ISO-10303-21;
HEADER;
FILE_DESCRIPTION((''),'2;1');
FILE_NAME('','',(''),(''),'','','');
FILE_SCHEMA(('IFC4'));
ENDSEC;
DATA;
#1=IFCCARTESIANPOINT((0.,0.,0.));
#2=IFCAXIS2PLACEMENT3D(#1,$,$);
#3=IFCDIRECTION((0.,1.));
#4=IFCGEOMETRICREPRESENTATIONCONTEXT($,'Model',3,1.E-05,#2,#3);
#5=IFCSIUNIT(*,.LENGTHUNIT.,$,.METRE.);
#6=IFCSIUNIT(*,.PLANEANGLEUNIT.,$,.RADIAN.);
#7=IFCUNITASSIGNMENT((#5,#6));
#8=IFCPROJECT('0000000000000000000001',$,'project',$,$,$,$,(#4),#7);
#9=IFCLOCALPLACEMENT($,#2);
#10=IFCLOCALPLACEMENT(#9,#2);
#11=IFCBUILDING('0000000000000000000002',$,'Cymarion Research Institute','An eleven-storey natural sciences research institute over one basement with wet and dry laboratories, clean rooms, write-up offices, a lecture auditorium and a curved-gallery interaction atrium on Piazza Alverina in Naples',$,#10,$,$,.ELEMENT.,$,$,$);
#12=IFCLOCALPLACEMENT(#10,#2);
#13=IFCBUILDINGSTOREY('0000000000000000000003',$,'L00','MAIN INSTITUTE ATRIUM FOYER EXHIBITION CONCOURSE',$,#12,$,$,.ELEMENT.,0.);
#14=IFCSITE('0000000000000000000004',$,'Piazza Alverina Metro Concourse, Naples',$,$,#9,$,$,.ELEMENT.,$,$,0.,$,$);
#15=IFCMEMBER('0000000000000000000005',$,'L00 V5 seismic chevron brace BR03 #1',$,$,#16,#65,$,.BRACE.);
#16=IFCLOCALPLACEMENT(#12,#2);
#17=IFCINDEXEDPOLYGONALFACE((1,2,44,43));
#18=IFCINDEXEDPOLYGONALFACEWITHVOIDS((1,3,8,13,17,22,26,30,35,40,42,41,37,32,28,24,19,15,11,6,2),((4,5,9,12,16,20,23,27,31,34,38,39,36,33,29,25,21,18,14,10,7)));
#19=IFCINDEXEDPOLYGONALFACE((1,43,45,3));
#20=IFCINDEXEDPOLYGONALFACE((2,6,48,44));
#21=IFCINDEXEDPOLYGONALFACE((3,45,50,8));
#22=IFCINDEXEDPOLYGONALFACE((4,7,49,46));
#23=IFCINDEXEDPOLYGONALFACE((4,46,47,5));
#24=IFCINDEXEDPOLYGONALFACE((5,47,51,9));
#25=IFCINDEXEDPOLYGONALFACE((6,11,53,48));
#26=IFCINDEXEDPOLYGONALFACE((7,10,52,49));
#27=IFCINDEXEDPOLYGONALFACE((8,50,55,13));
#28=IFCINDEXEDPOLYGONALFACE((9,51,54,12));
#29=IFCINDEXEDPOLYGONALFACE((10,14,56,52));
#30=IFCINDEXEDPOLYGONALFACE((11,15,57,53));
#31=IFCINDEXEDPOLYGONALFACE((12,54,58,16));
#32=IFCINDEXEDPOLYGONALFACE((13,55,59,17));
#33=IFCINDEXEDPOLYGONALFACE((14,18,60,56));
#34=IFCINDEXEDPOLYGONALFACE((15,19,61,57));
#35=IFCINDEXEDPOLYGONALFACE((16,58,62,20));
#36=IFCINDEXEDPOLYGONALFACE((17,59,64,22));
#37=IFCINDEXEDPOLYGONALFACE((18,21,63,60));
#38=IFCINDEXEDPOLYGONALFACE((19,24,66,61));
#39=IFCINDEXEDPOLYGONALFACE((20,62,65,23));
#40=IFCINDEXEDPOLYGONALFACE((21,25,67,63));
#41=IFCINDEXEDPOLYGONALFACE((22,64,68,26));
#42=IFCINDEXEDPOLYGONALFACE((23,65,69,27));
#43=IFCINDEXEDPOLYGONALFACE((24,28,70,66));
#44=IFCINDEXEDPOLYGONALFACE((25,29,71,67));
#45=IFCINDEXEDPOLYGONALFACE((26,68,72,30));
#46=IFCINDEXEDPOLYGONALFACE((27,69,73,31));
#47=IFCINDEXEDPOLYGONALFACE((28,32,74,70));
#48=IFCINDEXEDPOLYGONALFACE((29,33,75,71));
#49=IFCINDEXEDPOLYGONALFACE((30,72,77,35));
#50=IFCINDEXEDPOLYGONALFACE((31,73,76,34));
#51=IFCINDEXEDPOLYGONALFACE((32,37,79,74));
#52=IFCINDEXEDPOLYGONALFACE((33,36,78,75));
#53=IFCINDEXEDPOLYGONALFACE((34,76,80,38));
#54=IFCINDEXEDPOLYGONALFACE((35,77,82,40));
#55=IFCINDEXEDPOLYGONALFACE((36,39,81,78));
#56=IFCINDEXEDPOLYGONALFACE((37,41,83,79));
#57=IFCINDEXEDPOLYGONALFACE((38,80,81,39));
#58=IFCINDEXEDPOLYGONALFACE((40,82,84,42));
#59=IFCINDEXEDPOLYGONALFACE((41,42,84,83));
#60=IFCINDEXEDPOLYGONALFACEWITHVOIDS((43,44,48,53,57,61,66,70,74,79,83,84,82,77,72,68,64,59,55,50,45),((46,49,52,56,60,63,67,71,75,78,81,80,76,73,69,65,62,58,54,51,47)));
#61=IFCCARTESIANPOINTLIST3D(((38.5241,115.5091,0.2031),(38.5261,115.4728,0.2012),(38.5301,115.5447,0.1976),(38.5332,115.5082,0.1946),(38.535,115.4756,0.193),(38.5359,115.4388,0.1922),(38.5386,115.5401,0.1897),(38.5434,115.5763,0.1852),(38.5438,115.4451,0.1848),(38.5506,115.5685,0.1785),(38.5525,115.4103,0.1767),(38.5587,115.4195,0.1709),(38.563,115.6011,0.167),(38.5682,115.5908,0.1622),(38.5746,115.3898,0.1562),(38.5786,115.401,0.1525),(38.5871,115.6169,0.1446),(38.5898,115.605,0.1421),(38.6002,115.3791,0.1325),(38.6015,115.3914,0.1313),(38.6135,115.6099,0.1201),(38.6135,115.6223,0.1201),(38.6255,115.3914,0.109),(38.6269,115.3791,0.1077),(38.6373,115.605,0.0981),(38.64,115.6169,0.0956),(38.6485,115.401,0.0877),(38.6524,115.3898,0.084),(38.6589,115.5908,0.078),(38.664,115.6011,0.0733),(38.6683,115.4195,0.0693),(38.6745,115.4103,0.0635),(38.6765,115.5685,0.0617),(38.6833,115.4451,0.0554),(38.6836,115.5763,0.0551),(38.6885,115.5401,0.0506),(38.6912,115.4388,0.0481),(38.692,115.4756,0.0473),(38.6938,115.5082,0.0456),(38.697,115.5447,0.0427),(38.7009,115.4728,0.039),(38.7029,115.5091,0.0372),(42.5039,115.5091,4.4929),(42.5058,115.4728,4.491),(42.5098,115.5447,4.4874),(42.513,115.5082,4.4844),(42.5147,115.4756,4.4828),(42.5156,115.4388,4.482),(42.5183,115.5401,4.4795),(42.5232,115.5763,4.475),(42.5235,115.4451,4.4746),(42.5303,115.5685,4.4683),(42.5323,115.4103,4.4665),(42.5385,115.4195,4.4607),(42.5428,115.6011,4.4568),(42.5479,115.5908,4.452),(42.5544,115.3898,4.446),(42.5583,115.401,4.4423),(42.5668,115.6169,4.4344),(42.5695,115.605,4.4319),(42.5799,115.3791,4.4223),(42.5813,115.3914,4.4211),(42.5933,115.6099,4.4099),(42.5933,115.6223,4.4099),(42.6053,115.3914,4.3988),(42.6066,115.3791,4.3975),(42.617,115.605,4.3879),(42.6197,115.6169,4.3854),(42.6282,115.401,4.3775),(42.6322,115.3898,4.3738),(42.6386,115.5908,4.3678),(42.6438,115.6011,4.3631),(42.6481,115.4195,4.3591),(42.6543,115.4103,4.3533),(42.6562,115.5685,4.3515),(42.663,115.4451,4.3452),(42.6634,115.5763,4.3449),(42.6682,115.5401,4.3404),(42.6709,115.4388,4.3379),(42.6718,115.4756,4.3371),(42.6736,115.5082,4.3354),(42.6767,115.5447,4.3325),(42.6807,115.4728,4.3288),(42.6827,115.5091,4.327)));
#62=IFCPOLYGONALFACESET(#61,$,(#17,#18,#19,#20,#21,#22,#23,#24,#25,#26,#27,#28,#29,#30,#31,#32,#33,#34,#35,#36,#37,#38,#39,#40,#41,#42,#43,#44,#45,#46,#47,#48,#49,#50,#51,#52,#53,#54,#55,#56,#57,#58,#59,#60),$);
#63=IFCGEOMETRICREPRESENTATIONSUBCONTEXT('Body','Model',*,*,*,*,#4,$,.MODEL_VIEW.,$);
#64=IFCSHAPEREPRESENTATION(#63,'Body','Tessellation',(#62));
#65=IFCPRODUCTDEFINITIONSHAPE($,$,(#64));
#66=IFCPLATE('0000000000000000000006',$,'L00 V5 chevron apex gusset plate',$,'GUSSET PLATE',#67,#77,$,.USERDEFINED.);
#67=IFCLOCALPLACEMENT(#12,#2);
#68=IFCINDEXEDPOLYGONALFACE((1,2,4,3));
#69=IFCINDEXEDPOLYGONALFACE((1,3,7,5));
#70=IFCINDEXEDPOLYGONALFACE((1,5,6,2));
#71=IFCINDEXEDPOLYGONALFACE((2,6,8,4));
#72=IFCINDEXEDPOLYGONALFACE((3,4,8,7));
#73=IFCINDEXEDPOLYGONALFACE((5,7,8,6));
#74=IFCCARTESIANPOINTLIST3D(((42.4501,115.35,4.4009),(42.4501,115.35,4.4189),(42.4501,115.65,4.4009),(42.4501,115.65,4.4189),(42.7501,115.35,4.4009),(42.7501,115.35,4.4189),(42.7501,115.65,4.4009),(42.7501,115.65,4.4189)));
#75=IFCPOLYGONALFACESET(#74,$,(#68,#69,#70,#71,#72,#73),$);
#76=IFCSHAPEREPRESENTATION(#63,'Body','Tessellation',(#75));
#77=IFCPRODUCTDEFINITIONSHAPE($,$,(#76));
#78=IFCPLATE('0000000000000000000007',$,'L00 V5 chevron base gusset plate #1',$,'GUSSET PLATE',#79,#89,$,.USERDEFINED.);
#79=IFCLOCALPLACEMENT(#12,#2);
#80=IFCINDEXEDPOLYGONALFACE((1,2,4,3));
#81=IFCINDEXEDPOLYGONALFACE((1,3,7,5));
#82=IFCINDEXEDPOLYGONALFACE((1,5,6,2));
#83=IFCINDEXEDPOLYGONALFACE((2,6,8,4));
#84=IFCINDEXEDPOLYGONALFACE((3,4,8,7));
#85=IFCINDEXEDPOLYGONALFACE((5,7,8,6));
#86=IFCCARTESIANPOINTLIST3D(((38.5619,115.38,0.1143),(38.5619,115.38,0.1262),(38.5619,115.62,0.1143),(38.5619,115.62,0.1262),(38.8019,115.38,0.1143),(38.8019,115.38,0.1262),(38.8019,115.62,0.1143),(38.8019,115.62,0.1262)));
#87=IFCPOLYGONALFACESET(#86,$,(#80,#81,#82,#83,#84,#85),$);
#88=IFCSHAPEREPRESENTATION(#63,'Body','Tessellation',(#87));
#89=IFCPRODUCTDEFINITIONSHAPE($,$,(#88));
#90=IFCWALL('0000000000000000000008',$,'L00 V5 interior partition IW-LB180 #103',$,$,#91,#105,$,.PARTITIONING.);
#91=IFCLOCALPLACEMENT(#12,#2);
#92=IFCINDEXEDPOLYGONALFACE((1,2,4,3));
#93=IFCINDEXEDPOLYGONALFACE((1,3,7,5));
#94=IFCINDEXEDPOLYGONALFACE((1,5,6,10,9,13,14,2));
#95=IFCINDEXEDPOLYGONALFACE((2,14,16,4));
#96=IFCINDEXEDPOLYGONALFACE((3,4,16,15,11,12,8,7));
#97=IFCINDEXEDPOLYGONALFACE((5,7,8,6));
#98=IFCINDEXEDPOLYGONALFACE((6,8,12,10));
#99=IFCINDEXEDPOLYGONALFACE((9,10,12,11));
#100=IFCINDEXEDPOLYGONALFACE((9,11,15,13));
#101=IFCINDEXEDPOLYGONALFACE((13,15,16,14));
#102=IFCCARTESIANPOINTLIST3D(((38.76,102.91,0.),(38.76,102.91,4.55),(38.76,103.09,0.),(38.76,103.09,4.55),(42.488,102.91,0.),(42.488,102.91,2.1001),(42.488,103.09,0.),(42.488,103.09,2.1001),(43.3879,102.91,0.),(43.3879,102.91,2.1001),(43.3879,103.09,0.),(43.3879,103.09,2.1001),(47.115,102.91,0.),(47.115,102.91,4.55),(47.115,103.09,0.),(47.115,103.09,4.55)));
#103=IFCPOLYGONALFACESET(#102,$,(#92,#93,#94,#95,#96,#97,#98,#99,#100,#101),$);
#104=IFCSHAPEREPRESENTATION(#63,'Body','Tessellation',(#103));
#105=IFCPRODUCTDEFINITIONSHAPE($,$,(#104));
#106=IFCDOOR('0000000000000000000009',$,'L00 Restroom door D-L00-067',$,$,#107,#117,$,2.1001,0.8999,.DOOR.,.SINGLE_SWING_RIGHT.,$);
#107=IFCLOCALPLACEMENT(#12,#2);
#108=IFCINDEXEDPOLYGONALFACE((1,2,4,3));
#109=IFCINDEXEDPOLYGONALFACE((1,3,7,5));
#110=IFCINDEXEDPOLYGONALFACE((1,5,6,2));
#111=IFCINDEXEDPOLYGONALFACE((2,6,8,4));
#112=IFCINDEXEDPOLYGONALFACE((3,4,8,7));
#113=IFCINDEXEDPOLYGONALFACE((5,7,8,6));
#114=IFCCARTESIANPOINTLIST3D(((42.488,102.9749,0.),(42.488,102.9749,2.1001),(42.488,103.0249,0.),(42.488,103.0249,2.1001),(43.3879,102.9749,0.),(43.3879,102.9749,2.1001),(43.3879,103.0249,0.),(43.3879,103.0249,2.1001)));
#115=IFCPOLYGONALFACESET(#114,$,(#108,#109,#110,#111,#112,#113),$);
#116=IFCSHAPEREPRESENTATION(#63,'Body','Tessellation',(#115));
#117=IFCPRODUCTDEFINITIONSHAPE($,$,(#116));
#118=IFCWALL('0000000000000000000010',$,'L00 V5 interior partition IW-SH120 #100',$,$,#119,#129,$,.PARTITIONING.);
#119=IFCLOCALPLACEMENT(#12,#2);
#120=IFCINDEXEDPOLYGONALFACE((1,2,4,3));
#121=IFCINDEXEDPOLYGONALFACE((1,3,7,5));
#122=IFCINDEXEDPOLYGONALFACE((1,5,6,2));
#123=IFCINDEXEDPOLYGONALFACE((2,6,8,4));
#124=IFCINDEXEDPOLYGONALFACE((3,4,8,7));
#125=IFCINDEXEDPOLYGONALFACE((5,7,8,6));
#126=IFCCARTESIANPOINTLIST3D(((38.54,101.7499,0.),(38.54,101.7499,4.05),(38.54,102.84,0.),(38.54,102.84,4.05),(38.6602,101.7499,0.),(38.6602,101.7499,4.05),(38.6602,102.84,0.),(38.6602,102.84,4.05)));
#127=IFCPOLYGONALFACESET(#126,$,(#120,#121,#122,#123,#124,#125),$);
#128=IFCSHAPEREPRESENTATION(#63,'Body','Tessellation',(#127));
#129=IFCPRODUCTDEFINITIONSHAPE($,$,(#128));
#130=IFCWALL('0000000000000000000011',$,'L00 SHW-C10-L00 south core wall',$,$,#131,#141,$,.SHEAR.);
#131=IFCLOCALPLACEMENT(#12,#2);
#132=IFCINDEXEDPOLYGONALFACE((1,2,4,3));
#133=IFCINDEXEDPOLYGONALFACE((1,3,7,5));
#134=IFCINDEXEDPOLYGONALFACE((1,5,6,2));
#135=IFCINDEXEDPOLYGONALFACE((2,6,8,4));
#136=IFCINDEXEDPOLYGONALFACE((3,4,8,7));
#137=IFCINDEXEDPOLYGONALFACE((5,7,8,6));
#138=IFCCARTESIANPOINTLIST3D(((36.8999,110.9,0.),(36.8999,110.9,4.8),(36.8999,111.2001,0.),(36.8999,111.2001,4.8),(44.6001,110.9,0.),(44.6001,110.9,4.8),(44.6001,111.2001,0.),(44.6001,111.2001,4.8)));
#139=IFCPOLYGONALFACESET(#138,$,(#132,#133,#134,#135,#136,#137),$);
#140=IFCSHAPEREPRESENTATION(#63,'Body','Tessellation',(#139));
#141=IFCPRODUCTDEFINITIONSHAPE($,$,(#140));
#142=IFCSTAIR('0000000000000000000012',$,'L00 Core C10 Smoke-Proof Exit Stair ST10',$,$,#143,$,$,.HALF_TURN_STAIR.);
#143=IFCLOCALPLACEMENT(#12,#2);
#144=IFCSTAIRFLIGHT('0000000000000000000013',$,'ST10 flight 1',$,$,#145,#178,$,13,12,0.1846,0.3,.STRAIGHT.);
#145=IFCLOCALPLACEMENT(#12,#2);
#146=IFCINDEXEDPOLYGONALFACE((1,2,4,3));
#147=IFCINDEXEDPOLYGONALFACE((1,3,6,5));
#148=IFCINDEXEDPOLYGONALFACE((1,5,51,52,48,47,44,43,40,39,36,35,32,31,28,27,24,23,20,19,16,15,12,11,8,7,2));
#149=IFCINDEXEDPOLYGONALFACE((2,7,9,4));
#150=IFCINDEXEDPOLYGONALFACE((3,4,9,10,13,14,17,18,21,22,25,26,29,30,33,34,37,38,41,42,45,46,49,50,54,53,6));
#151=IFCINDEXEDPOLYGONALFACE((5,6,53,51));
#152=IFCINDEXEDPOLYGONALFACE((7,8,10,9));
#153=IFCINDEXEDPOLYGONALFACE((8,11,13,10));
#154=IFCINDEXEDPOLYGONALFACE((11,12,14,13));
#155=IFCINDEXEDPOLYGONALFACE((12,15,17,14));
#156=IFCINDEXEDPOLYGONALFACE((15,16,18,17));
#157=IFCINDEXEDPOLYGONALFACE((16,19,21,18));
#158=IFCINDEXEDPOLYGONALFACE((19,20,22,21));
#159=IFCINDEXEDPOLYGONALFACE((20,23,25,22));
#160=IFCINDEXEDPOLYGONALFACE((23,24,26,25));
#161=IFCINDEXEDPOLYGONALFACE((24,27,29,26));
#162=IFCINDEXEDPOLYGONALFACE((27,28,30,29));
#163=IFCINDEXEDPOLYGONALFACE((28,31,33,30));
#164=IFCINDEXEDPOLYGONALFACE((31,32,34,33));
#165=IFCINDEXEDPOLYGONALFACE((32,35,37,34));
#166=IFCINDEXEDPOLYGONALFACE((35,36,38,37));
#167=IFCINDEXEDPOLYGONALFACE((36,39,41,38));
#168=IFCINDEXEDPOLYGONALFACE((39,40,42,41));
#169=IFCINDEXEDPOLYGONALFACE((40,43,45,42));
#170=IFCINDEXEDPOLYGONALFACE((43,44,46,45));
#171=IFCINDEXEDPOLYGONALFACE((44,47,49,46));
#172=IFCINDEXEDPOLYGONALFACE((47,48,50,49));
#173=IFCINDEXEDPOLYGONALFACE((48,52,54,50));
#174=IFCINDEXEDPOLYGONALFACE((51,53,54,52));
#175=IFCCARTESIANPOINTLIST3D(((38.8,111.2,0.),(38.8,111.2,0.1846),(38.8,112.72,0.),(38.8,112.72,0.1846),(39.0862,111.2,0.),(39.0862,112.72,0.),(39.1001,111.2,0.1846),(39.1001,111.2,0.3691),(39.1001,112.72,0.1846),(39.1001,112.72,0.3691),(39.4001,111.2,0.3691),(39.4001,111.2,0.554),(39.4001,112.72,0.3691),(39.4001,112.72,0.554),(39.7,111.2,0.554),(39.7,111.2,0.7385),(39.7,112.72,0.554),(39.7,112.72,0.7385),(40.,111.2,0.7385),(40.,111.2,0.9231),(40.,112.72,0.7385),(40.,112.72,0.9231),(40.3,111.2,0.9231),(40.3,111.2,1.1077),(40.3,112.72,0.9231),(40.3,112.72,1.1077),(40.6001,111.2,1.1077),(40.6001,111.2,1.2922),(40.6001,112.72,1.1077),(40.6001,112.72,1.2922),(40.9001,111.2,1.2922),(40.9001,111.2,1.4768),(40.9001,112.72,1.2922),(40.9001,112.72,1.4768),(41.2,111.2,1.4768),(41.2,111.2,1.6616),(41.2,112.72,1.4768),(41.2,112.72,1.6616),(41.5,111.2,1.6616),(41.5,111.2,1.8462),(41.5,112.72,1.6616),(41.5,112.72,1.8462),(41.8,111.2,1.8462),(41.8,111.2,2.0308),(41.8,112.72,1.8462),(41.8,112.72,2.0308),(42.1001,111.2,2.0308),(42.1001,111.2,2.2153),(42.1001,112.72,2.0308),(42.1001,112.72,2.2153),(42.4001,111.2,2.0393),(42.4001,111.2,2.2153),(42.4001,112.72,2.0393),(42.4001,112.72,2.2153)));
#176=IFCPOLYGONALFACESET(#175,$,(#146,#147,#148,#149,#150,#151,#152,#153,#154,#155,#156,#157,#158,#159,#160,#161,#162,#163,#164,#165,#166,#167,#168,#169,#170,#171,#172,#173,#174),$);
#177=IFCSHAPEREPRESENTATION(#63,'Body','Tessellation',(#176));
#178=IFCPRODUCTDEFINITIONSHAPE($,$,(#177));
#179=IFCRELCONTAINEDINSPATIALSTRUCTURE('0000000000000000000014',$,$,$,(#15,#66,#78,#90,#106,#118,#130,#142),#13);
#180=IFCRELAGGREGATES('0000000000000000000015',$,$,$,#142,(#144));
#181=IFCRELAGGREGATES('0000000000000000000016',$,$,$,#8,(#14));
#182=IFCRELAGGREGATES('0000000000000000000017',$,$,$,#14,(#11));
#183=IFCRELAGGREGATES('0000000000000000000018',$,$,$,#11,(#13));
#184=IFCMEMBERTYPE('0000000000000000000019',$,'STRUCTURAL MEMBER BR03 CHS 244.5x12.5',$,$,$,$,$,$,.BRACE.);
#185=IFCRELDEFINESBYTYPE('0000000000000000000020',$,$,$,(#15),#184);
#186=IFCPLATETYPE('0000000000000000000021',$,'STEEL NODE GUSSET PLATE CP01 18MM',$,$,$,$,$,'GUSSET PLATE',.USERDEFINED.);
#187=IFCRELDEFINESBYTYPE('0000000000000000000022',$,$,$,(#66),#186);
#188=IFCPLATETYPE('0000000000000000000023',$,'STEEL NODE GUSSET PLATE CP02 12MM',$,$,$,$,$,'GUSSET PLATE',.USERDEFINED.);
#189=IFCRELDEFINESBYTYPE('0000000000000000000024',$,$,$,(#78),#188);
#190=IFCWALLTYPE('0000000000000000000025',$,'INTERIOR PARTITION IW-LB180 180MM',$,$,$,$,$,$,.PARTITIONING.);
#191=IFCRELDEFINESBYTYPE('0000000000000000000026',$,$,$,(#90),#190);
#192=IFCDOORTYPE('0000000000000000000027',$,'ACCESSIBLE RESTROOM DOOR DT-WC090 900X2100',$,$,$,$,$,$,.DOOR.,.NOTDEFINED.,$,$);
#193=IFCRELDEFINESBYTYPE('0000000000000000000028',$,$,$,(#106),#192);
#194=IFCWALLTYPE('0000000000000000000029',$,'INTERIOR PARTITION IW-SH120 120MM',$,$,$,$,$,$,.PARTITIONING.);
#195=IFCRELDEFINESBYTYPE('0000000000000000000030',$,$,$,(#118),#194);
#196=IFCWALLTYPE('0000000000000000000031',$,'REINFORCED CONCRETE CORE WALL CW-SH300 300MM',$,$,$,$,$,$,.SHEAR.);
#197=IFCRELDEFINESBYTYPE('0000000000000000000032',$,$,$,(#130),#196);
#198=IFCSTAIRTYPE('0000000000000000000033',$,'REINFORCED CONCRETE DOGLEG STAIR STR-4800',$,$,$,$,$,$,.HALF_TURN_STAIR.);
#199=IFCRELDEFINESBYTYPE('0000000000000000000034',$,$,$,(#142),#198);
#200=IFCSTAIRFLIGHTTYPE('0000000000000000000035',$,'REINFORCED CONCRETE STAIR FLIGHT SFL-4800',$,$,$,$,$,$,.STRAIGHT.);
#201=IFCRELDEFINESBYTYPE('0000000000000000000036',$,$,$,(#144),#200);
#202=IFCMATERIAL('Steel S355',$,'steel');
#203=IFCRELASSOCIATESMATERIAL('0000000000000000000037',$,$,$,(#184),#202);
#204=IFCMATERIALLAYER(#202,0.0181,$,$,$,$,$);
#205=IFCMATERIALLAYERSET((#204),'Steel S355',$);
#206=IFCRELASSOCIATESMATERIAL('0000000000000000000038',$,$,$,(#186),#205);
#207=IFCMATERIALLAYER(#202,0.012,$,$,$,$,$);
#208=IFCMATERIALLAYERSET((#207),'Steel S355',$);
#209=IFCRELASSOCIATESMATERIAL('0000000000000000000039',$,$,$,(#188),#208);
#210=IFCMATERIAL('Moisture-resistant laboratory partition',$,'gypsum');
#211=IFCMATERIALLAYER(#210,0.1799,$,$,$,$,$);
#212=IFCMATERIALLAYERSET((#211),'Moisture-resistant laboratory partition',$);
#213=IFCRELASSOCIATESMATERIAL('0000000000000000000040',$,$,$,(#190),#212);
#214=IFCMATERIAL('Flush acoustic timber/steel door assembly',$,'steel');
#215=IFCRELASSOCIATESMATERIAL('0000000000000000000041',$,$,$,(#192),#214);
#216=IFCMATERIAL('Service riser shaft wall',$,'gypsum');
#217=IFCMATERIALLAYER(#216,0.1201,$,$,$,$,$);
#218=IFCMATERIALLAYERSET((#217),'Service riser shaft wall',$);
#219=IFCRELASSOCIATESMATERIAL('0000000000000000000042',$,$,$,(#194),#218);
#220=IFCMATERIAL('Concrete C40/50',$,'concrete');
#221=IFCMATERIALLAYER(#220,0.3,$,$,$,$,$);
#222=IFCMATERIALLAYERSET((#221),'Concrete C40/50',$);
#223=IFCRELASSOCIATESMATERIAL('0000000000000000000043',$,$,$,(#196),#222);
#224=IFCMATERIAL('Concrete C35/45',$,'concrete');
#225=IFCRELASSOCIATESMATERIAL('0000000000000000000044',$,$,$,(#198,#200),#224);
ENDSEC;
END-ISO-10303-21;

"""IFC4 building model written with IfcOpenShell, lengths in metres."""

from ifc_helpers import new_model, si_unit, direction, frame, frame_2d, origin, origin_2d, place, context, subcontext, project, spatial, polyline, rectangle, hollow_circle, outline, extrude, material, layer, layer_set, material_profile, profile_set, type_object, element, fill, aggregate, save


model = new_model("IFC4")

# Units and contexts
model_context = context("Model", 3, precision=1e-05, world=origin(), true_north=direction((0.0, 1.0)))
body_context = subcontext(model_context, "Body", "Model", "MODEL_VIEW")
ifc_project = project(units=[si_unit("LENGTHUNIT", "METRE"), si_unit("PLANEANGLEUNIT", "RADIAN")], contexts=[model_context])

# Site, building, storey
site_placement = place(None, origin())
site = spatial("IfcSite", under=ifc_project, at=site_placement, Name="Piazza Alverina Metro Concourse, Naples", CompositionType="ELEMENT", RefElevation=0.0)
building_placement = place(site_placement, origin())
building = spatial("IfcBuilding", under=site, at=building_placement, Name="Cymarion Research Institute", Description="An eleven-storey natural sciences research institute over one basement with wet and dry laboratories, clean rooms, write-up offices, a lecture auditorium and a curved-gallery interaction atrium on Piazza Alverina in Naples", CompositionType="ELEMENT")
storey_placement = place(building_placement, origin())
storey = spatial("IfcBuildingStorey", under=building, at=storey_placement, Name="L00", Description="MAIN INSTITUTE ATRIUM FOYER EXHIBITION CONCOURSE", CompositionType="ELEMENT", Elevation=0.0)

# Shared definitions
ifc_material_1 = material(Name="Steel S355", Category="steel")

# Member
ifc_material_profile_1 = material_profile(ifc_material_1, hollow_circle(Radius=0.1223, WallThickness=0.0125, at=origin_2d()), Name="CHS 244.5x12.5")
ifc_profile_set_1 = profile_set([ifc_material_profile_1], Name="Steel S355")
member_type = type_object("IfcMemberType", Name="STRUCTURAL MEMBER BR03 CHS 244.5x12.5", PredefinedType="BRACE", material=ifc_profile_set_1)
member_placement = place(storey_placement, frame((38.6135, 115.5, 0.1201), z_axis=(0.680117, 0.0, 0.733104), x_axis=(0.0, 1.0, 0.0)))
element("IfcMember", 1, at=member_placement, inside=storey, type_object=member_type, Name="L00 V5 seismic chevron brace BR03 #1", PredefinedType="BRACE", context=body_context, shape_type="SweptSolid", body=[
    extrude(hollow_circle(Radius=0.1223, WallThickness=0.0125, at=origin_2d()), origin(), (0.0, 0.0, 1.0), 5.8516),
])

# Plates
ifc_layer_1 = layer(ifc_material_1, 0.0181)
ifc_layer_set_1 = layer_set([ifc_layer_1], Name="Steel S355")
plate_type_1 = type_object("IfcPlateType", Name="STEEL NODE GUSSET PLATE CP01 18MM", ElementType="GUSSET PLATE", PredefinedType="USERDEFINED", material=ifc_layer_set_1)
plate_1_placement = place(storey_placement, frame((42.6001, 115.5, 4.4009), z_axis=(0.0, 0.0, 1.0), x_axis=(1.0, 0.0, 0.0)))
element("IfcPlate", 2, at=plate_1_placement, inside=storey, type_object=plate_type_1, Name="L00 V5 chevron apex gusset plate", ObjectType="GUSSET PLATE", PredefinedType="USERDEFINED", context=body_context, shape_type="SweptSolid", body=[
    extrude(rectangle(XDim=0.3, YDim=0.3, at=origin_2d()), origin(), (0.0, 0.0, 1.0), 0.0181),
])
ifc_layer_2 = layer(ifc_material_1, 0.012)
ifc_layer_set_2 = layer_set([ifc_layer_2], Name="Steel S355")
plate_type_2 = type_object("IfcPlateType", Name="STEEL NODE GUSSET PLATE CP02 12MM", ElementType="GUSSET PLATE", PredefinedType="USERDEFINED", material=ifc_layer_set_2)
plate_2_placement = place(storey_placement, frame((38.6819, 115.5, 0.1143), z_axis=(0.0, 0.0, 1.0), x_axis=(1.0, 0.0, 0.0)))
element("IfcPlate", 3, at=plate_2_placement, inside=storey, type_object=plate_type_2, Name="L00 V5 chevron base gusset plate #1", ObjectType="GUSSET PLATE", PredefinedType="USERDEFINED", context=body_context, shape_type="SweptSolid", body=[
    extrude(rectangle(XDim=0.24, YDim=0.24, at=origin_2d()), origin(), (0.0, 0.0, 1.0), 0.012),
])

# Wall, opening, door
ifc_material_2 = material(Name="Moisture-resistant laboratory partition", Category="gypsum")
ifc_layer_3 = layer(ifc_material_2, 0.1799)
ifc_layer_set_3 = layer_set([ifc_layer_3], Name="Moisture-resistant laboratory partition")
wall_type_1 = type_object("IfcWallType", Name="INTERIOR PARTITION IW-LB180 180MM", PredefinedType="PARTITIONING", material=ifc_layer_set_3)
wall_1_placement = place(storey_placement, frame((38.76, 103.0, 0.0), z_axis=(0.0, 0.0, 1.0), x_axis=(1.0, 0.0, 0.0)))
wall_1 = element("IfcWall", 4, at=wall_1_placement, inside=storey, type_object=wall_type_1, Name="L00 V5 interior partition IW-LB180 #103", PredefinedType="PARTITIONING", context=body_context, shape_type="SweptSolid", body=[
    extrude(rectangle(XDim=8.355, YDim=0.1799, at=frame_2d((4.1775, 0.0))), origin(), (0.0, 0.0, 1.0), 4.55),
])
opening_1_placement = place(wall_1_placement, frame((3.728, 0.0, 0.0)))
opening_1 = element("IfcOpeningElement", 5, at=opening_1_placement, cuts=wall_1, PredefinedType="OPENING", context=body_context, shape_type="SweptSolid", body=[
    extrude(rectangle(XDim=0.8999, YDim=2.1001, at=frame_2d((0.45, 1.05))), frame((0.0, 0.0999, 0.0), z_axis=(0.0, -1.0, 0.0), x_axis=(1.0, 0.0, 0.0)), (0.0, 0.0, 1.0), 0.2),
])
ifc_material_3 = material(Name="Flush acoustic timber/steel door assembly", Category="steel")
door_type_1 = type_object("IfcDoorType", Name="ACCESSIBLE RESTROOM DOOR DT-WC090 900X2100", OperationType="NOTDEFINED", PredefinedType="DOOR", material=ifc_material_3)
door_1_placement = place(opening_1_placement, origin())
door_1 = element("IfcDoor", 6, at=door_1_placement, inside=storey, type_object=door_type_1, Name="L00 Restroom door D-L00-067", OperationType="SINGLE_SWING_RIGHT", OverallHeight=2.1001, OverallWidth=0.8999, PredefinedType="DOOR", context=body_context, shape_type="SweptSolid", body=[
    extrude(rectangle(XDim=0.8999, YDim=2.1001, at=frame_2d((0.45, 1.05))), frame((0.0, 0.0249, 0.0), z_axis=(0.0, -1.0, 0.0), x_axis=(1.0, 0.0, 0.0)), (0.0, 0.0, 1.0), 0.05),
])
fill(opening_1, door_1)

# Walls
ifc_material_4 = material(Name="Service riser shaft wall", Category="gypsum")
ifc_layer_4 = layer(ifc_material_4, 0.1201)
ifc_layer_set_4 = layer_set([ifc_layer_4], Name="Service riser shaft wall")
wall_type_2 = type_object("IfcWallType", Name="INTERIOR PARTITION IW-SH120 120MM", PredefinedType="PARTITIONING", material=ifc_layer_set_4)
wall_2_placement = place(storey_placement, frame((38.6001, 101.75, 0.0), z_axis=(0.0, 0.0, 1.0), x_axis=(0.0, 1.0, 0.0)))
element("IfcWall", 7, at=wall_2_placement, inside=storey, type_object=wall_type_2, Name="L00 V5 interior partition IW-SH120 #100", PredefinedType="PARTITIONING", context=body_context, shape_type="SweptSolid", body=[
    extrude(rectangle(XDim=1.0901, YDim=0.1201, at=frame_2d((0.5449, 0.0))), origin(), (0.0, 0.0, 1.0), 4.05),
])
ifc_material_5 = material(Name="Concrete C40/50", Category="concrete")
ifc_layer_5 = layer(ifc_material_5, 0.3)
ifc_layer_set_5 = layer_set([ifc_layer_5], Name="Concrete C40/50")
wall_type_3 = type_object("IfcWallType", Name="REINFORCED CONCRETE CORE WALL CW-SH300 300MM", PredefinedType="SHEAR", material=ifc_layer_set_5)
wall_3_placement = place(storey_placement, frame((36.8999, 111.05, 0.0), z_axis=(0.0, 0.0, 1.0), x_axis=(1.0, 0.0, 0.0)))
element("IfcWall", 8, at=wall_3_placement, inside=storey, type_object=wall_type_3, Name="L00 SHW-C10-L00 south core wall", PredefinedType="SHEAR", context=body_context, shape_type="SweptSolid", body=[
    extrude(rectangle(XDim=7.7002, YDim=0.3, at=frame_2d((3.8501, 0.0))), origin(), (0.0, 0.0, 1.0), 4.8),
])

# Stair, stair flight
ifc_material_6 = material(Name="Concrete C35/45", Category="concrete")
stair_type = type_object("IfcStairType", Name="REINFORCED CONCRETE DOGLEG STAIR STR-4800", PredefinedType="HALF_TURN_STAIR", material=ifc_material_6)
stair_placement = place(storey_placement, origin())
stair = element("IfcStair", 9, at=stair_placement, inside=storey, type_object=stair_type, Name="L00 Core C10 Smoke-Proof Exit Stair ST10", PredefinedType="HALF_TURN_STAIR")
stair_flight_type = type_object("IfcStairFlightType", Name="REINFORCED CONCRETE STAIR FLIGHT SFL-4800", PredefinedType="STRAIGHT", material=ifc_material_6)
stair_flight_1_placement = place(storey_placement, frame((38.8, 111.96, 0.0), z_axis=(0.0, 0.0, 1.0), x_axis=(1.0, 0.0, 0.0)))
stair_flight_1 = element("IfcStairFlight", 10, at=stair_flight_1_placement, type_object=stair_flight_type, Name="ST10 flight 1", NumberOfRisers=13, NumberOfTreads=12, PredefinedType="STRAIGHT", RiserHeight=0.1846, TreadLength=0.3, context=body_context, shape_type="SweptSolid", body=[
    extrude(outline(polyline([(0.0, 0.0), (0.0, 0.1846), (0.3, 0.1846), (0.3, 0.3691), (0.6001, 0.3691), (0.6001, 0.554), (0.8999, 0.554), (0.8999, 0.7385), (1.2, 0.7385), (1.2, 0.9231), (1.5, 0.9231), (1.5, 1.1077), (1.8, 1.1077), (1.8, 1.2922), (2.1001, 1.2922), (2.1001, 1.4768), (2.3999, 1.4768), (2.3999, 1.6616), (2.7, 1.6616), (2.7, 1.8462), (3.0, 1.8462), (3.0, 2.0308), (3.3, 2.0308), (3.3, 2.2153), (3.6001, 2.2153), (3.6001, 2.3999), (3.6001, 2.0393), (0.2861, 0.0), (0.0, 0.0)])), frame((0.0, 0.76, 0.0), z_axis=(0.0, -1.0, 0.0), x_axis=(1.0, 0.0, 0.0)), (0.0, 0.0, 1.0), 1.52),
])
aggregate(stair, [stair_flight_1])

save(model, "model.ifc")
